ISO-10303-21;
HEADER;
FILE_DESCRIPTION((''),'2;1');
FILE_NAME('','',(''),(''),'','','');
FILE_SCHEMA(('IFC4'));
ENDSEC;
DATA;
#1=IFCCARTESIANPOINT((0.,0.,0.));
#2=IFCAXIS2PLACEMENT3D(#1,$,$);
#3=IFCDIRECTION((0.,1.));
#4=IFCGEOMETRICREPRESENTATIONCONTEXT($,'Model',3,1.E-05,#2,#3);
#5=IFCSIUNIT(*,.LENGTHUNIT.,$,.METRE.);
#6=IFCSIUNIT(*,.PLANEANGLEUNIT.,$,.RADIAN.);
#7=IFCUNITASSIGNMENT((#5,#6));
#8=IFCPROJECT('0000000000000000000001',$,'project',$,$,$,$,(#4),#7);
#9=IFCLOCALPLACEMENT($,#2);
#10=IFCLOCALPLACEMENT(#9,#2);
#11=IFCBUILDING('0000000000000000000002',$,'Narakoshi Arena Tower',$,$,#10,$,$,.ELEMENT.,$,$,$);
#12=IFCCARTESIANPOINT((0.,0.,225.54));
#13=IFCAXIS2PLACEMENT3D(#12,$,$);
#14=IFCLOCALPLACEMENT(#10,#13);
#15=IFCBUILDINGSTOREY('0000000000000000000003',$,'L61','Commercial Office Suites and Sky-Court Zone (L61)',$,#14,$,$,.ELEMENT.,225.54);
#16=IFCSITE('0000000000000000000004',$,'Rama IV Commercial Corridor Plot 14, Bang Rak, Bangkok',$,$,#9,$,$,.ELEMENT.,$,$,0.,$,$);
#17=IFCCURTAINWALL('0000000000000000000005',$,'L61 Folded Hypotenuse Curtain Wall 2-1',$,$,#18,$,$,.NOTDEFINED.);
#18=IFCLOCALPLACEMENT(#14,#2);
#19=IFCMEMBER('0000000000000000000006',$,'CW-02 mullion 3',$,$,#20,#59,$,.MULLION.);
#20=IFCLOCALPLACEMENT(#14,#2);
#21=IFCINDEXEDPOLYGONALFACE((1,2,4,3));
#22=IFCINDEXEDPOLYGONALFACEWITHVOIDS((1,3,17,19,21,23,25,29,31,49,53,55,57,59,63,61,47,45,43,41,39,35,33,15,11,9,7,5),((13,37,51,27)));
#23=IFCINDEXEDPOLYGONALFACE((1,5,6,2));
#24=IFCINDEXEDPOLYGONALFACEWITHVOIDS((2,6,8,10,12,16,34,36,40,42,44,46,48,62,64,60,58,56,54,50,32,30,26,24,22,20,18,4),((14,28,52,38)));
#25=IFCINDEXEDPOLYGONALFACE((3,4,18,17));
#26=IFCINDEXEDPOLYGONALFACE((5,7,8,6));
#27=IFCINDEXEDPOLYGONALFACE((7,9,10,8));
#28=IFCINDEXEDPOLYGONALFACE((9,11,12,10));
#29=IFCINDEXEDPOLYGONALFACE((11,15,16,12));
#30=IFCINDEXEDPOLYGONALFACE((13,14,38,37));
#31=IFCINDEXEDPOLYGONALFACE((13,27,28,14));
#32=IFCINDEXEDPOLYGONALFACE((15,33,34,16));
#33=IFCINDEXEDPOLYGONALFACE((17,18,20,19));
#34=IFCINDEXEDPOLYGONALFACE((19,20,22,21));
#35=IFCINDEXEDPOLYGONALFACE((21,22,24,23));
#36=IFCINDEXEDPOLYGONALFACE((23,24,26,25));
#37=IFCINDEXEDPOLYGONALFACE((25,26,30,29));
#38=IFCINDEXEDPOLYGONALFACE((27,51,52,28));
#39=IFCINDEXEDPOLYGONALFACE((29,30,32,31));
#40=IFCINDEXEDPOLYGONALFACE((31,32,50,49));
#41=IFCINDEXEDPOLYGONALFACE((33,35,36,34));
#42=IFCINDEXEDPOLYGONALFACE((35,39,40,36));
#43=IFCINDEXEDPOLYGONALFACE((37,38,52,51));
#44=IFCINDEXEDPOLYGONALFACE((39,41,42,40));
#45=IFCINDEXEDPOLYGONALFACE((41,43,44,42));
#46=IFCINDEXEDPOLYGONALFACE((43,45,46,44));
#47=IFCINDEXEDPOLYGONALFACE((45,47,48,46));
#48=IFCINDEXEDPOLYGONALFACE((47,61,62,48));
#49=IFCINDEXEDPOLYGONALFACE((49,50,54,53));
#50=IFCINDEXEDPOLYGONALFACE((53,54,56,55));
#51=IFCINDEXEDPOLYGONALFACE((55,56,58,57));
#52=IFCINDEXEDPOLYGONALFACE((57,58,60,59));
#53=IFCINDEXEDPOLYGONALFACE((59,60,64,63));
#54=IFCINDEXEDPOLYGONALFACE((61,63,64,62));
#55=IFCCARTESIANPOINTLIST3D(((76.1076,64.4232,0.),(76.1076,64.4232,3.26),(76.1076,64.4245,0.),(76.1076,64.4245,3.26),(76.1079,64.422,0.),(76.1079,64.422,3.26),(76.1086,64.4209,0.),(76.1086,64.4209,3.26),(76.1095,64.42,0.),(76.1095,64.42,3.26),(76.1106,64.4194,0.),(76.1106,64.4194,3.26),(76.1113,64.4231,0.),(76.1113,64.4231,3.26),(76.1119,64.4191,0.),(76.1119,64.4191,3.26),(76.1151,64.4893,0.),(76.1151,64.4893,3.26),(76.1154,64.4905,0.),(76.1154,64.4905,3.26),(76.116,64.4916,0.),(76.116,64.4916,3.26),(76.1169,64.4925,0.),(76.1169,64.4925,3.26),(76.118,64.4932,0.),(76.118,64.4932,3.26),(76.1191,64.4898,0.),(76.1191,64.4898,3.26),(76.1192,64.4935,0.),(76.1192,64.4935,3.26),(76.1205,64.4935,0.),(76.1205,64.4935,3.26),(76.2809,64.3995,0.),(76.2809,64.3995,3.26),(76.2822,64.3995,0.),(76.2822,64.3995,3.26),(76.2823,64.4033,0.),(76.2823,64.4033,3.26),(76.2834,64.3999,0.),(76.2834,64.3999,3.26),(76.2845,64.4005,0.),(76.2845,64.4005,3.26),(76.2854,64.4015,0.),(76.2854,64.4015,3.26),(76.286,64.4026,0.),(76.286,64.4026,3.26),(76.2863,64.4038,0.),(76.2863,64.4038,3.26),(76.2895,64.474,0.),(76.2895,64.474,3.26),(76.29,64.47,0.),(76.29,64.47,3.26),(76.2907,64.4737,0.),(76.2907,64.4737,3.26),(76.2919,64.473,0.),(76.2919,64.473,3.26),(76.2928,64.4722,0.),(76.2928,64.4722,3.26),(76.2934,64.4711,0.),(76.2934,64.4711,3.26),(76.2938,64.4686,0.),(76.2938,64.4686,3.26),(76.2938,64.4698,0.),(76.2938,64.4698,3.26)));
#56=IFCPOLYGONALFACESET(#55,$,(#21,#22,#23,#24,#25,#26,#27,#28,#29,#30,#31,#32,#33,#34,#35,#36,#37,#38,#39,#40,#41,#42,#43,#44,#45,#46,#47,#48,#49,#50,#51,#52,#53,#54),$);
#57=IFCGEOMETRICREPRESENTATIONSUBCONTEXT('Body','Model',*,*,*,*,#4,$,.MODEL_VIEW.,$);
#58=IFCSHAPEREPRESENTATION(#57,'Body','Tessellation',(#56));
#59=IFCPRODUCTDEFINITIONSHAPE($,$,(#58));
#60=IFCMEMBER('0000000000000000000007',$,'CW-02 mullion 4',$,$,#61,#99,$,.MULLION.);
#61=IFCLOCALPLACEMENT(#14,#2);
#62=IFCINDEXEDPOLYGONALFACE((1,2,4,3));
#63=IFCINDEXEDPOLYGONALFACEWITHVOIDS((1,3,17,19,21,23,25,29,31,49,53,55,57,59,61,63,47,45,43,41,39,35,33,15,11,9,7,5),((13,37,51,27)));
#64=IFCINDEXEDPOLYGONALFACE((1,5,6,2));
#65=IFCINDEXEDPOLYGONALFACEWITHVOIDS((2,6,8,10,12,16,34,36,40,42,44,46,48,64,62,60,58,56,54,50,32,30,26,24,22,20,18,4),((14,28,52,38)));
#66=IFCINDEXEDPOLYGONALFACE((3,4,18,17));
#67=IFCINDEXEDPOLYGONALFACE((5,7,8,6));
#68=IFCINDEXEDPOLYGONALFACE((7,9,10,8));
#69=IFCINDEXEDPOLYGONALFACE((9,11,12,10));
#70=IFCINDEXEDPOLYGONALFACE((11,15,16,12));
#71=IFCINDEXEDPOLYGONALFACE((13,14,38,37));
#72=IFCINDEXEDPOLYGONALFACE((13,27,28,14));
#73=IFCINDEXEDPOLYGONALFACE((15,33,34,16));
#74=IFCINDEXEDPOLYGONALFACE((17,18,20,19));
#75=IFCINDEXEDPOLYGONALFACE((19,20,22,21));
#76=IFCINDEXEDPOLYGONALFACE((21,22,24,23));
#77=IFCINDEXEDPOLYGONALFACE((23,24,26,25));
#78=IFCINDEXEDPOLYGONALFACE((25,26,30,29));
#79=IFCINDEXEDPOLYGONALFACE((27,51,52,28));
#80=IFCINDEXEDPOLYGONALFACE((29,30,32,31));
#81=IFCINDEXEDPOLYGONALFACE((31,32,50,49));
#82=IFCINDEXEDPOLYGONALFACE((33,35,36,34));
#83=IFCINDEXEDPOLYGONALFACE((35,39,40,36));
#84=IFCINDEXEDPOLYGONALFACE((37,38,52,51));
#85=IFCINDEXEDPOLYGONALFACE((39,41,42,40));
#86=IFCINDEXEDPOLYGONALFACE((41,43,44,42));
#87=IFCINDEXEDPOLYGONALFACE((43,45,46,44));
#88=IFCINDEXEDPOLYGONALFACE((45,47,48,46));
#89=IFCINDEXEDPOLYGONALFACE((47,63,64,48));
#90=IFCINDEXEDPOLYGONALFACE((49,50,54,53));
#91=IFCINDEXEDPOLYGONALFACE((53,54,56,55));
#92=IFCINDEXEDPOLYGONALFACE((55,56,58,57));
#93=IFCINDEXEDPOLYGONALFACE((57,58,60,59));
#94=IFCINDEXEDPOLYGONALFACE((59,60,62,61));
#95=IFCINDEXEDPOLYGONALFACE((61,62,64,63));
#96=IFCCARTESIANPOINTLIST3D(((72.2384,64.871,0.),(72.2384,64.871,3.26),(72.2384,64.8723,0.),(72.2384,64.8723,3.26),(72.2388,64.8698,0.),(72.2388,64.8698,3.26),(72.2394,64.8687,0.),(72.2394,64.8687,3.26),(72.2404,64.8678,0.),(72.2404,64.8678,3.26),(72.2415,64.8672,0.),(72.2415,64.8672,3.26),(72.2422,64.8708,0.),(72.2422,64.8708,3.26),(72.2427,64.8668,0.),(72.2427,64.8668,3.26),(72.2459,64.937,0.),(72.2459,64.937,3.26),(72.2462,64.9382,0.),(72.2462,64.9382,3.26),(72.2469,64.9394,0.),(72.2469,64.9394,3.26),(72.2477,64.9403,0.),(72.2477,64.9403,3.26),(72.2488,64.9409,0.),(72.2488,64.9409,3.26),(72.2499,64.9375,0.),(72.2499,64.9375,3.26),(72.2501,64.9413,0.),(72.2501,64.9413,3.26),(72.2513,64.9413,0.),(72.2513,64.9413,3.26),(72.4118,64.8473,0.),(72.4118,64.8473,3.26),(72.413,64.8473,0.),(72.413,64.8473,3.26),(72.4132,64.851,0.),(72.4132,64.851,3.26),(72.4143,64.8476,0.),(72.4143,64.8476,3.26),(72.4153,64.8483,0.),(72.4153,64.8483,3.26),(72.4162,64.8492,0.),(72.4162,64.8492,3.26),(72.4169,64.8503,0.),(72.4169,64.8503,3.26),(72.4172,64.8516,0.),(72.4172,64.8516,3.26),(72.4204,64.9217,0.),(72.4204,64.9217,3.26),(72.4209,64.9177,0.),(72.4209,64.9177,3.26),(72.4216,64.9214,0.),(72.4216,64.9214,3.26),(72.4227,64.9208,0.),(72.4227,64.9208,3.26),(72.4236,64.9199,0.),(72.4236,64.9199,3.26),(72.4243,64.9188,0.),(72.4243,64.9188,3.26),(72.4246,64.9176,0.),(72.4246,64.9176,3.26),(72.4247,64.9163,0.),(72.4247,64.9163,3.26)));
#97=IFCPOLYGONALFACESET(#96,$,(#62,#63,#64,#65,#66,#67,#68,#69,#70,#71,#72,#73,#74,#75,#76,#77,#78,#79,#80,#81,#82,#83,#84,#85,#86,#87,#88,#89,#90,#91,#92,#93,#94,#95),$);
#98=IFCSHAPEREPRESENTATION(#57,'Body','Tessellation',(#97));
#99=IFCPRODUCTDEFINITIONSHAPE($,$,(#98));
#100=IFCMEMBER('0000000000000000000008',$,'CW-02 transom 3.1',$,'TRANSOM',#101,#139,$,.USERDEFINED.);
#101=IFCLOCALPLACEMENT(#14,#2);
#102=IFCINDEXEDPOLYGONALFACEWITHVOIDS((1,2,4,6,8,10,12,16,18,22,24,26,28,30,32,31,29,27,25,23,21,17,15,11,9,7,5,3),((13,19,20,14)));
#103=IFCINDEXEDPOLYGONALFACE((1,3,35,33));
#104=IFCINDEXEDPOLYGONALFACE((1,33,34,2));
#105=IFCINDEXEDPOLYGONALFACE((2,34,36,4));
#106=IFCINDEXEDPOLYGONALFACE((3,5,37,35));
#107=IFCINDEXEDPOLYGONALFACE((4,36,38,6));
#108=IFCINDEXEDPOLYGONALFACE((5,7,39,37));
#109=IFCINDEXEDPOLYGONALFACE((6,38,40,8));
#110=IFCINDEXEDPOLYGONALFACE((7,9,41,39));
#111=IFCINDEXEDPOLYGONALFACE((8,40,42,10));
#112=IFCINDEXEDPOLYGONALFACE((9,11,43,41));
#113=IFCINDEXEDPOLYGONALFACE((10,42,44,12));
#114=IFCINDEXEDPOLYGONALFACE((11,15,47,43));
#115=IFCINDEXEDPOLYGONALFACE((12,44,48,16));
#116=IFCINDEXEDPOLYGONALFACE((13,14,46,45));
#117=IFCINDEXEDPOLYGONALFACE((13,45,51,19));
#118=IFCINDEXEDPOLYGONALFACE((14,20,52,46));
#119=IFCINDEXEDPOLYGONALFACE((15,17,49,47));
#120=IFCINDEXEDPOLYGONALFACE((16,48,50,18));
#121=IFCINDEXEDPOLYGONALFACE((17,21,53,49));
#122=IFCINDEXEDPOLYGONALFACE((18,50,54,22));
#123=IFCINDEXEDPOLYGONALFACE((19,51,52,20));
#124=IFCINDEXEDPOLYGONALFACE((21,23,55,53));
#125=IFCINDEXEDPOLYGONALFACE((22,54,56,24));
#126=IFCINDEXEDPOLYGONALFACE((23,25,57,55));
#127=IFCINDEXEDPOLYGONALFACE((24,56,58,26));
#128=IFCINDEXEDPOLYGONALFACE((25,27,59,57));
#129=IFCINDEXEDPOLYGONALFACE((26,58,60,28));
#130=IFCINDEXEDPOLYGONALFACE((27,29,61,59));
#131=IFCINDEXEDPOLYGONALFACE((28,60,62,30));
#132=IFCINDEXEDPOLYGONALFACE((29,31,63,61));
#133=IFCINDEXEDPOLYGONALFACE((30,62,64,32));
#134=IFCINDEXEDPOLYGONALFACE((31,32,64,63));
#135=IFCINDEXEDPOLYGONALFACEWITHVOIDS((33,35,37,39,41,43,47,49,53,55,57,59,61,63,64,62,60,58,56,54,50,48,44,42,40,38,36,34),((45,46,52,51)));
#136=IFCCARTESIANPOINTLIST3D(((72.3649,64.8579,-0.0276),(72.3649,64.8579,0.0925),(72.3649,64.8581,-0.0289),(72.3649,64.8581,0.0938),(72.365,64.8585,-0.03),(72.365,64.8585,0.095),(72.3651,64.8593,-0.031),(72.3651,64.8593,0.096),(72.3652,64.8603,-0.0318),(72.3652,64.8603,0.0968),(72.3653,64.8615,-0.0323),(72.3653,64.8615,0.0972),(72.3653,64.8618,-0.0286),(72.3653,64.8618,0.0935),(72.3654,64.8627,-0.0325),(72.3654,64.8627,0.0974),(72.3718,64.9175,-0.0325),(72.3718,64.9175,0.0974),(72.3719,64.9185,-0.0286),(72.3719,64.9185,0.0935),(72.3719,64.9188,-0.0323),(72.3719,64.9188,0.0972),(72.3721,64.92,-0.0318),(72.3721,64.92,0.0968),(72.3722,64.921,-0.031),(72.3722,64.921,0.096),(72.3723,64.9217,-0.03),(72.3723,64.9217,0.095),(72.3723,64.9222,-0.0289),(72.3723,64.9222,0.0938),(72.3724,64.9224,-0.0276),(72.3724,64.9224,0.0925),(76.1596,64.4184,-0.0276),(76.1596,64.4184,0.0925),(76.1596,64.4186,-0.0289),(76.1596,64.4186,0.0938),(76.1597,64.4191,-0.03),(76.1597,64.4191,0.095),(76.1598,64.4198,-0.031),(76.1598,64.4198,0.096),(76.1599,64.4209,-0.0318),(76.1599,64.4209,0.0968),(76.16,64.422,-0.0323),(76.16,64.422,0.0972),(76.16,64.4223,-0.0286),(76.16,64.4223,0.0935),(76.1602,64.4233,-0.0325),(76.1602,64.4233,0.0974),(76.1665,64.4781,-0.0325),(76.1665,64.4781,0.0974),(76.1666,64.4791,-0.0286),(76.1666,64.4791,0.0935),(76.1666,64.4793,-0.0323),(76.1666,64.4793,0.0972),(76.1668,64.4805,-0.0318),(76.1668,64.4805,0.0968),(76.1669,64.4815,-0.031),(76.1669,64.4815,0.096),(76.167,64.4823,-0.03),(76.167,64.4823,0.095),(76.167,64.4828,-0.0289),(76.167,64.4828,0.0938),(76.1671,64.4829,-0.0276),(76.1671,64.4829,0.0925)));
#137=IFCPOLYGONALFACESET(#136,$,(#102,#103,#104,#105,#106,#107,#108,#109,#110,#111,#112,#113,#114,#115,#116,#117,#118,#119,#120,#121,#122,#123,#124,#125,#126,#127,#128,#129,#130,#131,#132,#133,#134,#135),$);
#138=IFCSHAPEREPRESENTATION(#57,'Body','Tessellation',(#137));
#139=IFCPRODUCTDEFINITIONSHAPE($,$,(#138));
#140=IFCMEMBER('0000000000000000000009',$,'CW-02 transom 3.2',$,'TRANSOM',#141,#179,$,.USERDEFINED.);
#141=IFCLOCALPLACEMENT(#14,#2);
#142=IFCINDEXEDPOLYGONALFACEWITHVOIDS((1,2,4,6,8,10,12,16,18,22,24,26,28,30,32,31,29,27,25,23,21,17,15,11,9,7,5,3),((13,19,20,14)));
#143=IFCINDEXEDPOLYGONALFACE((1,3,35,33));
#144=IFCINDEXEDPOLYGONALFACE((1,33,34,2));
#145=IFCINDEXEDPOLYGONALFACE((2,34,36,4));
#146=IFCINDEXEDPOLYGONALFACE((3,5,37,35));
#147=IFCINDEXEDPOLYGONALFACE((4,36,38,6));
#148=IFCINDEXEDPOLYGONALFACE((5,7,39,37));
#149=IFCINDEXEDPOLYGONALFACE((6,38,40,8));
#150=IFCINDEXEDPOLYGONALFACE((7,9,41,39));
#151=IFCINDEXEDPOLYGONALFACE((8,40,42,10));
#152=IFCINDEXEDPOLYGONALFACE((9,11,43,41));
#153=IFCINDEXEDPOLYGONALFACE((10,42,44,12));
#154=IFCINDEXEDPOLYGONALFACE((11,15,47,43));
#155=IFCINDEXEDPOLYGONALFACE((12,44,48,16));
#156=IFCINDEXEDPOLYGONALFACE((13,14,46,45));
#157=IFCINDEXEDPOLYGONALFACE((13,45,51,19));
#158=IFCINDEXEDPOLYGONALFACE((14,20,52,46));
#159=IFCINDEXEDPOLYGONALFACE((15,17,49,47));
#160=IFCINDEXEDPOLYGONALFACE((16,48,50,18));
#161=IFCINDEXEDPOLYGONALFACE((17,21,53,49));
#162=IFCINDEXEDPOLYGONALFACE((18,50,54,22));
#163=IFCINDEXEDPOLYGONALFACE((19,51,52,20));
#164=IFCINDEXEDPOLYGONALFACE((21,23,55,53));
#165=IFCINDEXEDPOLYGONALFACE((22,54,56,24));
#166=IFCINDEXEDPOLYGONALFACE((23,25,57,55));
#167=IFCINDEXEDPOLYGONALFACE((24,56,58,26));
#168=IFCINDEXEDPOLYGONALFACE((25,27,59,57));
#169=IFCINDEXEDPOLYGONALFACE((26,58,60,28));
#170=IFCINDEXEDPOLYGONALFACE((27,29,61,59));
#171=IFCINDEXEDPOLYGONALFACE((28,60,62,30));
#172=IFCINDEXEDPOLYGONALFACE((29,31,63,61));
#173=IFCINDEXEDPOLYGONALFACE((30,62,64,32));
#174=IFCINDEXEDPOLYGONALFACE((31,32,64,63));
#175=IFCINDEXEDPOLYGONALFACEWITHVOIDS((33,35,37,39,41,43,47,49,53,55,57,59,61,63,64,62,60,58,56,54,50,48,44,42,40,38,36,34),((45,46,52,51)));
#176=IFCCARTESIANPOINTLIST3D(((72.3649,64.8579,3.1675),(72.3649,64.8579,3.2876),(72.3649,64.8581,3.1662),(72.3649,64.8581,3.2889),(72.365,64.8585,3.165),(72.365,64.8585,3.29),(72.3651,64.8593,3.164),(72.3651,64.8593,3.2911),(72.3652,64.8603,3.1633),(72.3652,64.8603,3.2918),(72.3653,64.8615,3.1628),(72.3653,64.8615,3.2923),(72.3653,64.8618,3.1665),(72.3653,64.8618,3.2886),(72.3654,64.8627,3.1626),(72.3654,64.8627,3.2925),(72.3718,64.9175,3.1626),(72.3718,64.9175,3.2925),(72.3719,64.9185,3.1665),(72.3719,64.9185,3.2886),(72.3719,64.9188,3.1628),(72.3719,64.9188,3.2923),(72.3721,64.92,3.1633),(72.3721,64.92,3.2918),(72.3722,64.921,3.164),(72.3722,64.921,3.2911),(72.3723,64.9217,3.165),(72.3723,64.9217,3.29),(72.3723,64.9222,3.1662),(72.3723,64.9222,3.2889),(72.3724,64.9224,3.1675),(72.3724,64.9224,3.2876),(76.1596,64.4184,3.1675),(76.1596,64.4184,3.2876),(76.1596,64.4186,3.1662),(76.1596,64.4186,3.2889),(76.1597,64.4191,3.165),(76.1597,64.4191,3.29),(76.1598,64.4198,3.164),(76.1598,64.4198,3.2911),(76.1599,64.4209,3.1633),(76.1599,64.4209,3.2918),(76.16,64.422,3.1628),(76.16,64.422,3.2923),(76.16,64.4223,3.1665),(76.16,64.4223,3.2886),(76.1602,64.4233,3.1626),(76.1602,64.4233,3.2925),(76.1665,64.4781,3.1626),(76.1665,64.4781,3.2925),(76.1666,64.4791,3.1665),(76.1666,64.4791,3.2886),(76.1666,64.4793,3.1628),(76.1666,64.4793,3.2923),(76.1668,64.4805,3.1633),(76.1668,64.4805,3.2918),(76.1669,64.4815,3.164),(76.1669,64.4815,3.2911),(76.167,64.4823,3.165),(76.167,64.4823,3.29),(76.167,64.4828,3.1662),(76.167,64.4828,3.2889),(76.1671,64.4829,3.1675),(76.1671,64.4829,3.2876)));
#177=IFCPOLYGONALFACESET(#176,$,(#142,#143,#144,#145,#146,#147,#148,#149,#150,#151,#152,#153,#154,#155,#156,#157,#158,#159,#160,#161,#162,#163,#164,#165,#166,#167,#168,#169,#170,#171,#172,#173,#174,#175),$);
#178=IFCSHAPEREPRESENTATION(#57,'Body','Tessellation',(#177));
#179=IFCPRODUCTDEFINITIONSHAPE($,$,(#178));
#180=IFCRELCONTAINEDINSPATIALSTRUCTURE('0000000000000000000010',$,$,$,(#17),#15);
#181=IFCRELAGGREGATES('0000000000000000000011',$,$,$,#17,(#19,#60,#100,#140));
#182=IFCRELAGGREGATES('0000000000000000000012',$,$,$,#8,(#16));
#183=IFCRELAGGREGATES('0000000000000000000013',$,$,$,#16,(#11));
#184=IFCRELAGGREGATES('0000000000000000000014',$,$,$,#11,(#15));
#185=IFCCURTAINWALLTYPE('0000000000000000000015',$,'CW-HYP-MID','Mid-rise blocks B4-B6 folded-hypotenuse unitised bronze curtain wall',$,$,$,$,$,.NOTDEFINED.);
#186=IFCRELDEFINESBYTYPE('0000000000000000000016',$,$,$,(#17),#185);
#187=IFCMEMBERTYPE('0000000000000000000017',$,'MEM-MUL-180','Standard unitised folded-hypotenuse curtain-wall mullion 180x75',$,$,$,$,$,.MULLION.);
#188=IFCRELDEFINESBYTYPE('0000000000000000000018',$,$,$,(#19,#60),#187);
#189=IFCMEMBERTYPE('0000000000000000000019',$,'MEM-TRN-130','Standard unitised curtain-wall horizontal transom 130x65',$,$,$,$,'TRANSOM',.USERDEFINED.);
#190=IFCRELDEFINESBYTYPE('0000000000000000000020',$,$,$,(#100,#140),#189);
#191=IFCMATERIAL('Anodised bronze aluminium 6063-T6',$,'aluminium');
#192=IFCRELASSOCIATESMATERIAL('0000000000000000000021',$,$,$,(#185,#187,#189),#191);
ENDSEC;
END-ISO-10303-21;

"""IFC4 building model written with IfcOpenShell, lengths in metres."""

from ifc_helpers import new_model, si_unit, direction, frame, origin, origin_2d, place, context, subcontext, project, spatial, hollow_rectangle, extrude, material, material_profile, profile_set, type_object, element, aggregate, save


model = new_model("IFC4")

# Units and contexts
model_context = context("Model", 3, precision=1e-05, world=origin(), true_north=direction((0.0, 1.0)))
body_context = subcontext(model_context, "Body", "Model", "MODEL_VIEW")
ifc_project = project(units=[si_unit("LENGTHUNIT", "METRE"), si_unit("PLANEANGLEUNIT", "RADIAN")], contexts=[model_context])

# Site, building, storey
site_placement = place(None, origin())
site = spatial("IfcSite", under=ifc_project, at=site_placement, Name="Rama IV Commercial Corridor Plot 14, Bang Rak, Bangkok", CompositionType="ELEMENT", RefElevation=0.0)
building_placement = place(site_placement, origin())
building = spatial("IfcBuilding", under=site, at=building_placement, Name="Narakoshi Arena Tower", CompositionType="ELEMENT")
storey_placement = place(building_placement, frame((0.0, 0.0, 225.54)))
storey = spatial("IfcBuildingStorey", under=building, at=storey_placement, Name="L61", Description="Commercial Office Suites and Sky-Court Zone (L61)", CompositionType="ELEMENT", Elevation=225.54)

# Curtain wall, members
ifc_material_1 = material(Name="Anodised bronze aluminium 6063-T6", Category="aluminium")
curtain_wall_type = type_object("IfcCurtainWallType", Name="CW-HYP-MID", Description="Mid-rise blocks B4-B6 folded-hypotenuse unitised bronze curtain wall", PredefinedType="NOTDEFINED", material=ifc_material_1)
curtain_wall_placement = place(storey_placement, origin())
curtain_wall = element("IfcCurtainWall", 1, at=curtain_wall_placement, inside=storey, type_object=curtain_wall_type, Name="L61 Folded Hypotenuse Curtain Wall 2-1", PredefinedType="NOTDEFINED")
ifc_material_profile_1 = material_profile(ifc_material_1, hollow_rectangle(XDim=0.075, YDim=0.1799, WallThickness=0.0039, OuterFilletRadius=0.0049, at=origin_2d()), Name="MUL180x75x4")
ifc_profile_set_1 = profile_set([ifc_material_profile_1], Name="Anodised bronze aluminium 6063-T6")
member_type_1 = type_object("IfcMemberType", Name="MEM-MUL-180", Description="Standard unitised folded-hypotenuse curtain-wall mullion 180x75", PredefinedType="MULLION", material=ifc_profile_set_1)
member_1_placement = place(storey_placement, frame((76.2007, 64.4465, 0.0), z_axis=(0.0, 0.0, 1.0), x_axis=(-0.115011, -0.993364, 0.0)))
member_1 = element("IfcMember", 2, at=member_1_placement, type_object=member_type_1, Name="CW-02 mullion 3", PredefinedType="MULLION", context=body_context, shape_type="SweptSolid", body=[
    extrude(hollow_rectangle(XDim=0.075, YDim=0.1799, WallThickness=0.0039, OuterFilletRadius=0.0049, at=origin_2d()), origin(), (0.0, 0.0, 1.0), 3.26),
])
member_2_placement = place(storey_placement, frame((72.3315, 64.8943, 0.0), z_axis=(0.0, 0.0, 1.0), x_axis=(-0.115011, -0.993364, 0.0)))
member_2 = element("IfcMember", 3, at=member_2_placement, type_object=member_type_1, Name="CW-02 mullion 4", PredefinedType="MULLION", context=body_context, shape_type="SweptSolid", body=[
    extrude(hollow_rectangle(XDim=0.075, YDim=0.1799, WallThickness=0.0039, OuterFilletRadius=0.0049, at=origin_2d()), origin(), (0.0, 0.0, 1.0), 3.26),
])
ifc_material_profile_2 = material_profile(ifc_material_1, hollow_rectangle(XDim=0.0649, YDim=0.1299, WallThickness=0.0039, OuterFilletRadius=0.0049, at=origin_2d()), Name="TRN130x65x4")
ifc_profile_set_2 = profile_set([ifc_material_profile_2], Name="Anodised bronze aluminium 6063-T6")
member_type_2 = type_object("IfcMemberType", Name="MEM-TRN-130", Description="Standard unitised curtain-wall horizontal transom 130x65", ElementType="TRANSOM", PredefinedType="USERDEFINED", material=ifc_profile_set_2)
member_3_placement = place(storey_placement, frame((76.1633, 64.4507, 0.0325), z_axis=(-0.993361, 0.115039, 0.0), x_axis=(-0.115039, -0.993361, 0.0)))
member_3 = element("IfcMember", 4, at=member_3_placement, type_object=member_type_2, Name="CW-02 transom 3.1", ObjectType="TRANSOM", PredefinedType="USERDEFINED", context=body_context, shape_type="SweptSolid", body=[
    extrude(hollow_rectangle(XDim=0.0649, YDim=0.1299, WallThickness=0.0039, OuterFilletRadius=0.0049, at=origin_2d()), origin(), (0.0, 0.0, 1.0), 3.8201),
])
member_4_placement = place(storey_placement, frame((76.1633, 64.4507, 3.2275), z_axis=(-0.993361, 0.115039, 0.0), x_axis=(-0.115039, -0.993361, 0.0)))
member_4 = element("IfcMember", 5, at=member_4_placement, type_object=member_type_2, Name="CW-02 transom 3.2", ObjectType="TRANSOM", PredefinedType="USERDEFINED", context=body_context, shape_type="SweptSolid", body=[
    extrude(hollow_rectangle(XDim=0.0649, YDim=0.1299, WallThickness=0.0039, OuterFilletRadius=0.0049, at=origin_2d()), origin(), (0.0, 0.0, 1.0), 3.8201),
])
aggregate(curtain_wall, [member_1, member_2, member_3, member_4])

save(model, "model.ifc")
